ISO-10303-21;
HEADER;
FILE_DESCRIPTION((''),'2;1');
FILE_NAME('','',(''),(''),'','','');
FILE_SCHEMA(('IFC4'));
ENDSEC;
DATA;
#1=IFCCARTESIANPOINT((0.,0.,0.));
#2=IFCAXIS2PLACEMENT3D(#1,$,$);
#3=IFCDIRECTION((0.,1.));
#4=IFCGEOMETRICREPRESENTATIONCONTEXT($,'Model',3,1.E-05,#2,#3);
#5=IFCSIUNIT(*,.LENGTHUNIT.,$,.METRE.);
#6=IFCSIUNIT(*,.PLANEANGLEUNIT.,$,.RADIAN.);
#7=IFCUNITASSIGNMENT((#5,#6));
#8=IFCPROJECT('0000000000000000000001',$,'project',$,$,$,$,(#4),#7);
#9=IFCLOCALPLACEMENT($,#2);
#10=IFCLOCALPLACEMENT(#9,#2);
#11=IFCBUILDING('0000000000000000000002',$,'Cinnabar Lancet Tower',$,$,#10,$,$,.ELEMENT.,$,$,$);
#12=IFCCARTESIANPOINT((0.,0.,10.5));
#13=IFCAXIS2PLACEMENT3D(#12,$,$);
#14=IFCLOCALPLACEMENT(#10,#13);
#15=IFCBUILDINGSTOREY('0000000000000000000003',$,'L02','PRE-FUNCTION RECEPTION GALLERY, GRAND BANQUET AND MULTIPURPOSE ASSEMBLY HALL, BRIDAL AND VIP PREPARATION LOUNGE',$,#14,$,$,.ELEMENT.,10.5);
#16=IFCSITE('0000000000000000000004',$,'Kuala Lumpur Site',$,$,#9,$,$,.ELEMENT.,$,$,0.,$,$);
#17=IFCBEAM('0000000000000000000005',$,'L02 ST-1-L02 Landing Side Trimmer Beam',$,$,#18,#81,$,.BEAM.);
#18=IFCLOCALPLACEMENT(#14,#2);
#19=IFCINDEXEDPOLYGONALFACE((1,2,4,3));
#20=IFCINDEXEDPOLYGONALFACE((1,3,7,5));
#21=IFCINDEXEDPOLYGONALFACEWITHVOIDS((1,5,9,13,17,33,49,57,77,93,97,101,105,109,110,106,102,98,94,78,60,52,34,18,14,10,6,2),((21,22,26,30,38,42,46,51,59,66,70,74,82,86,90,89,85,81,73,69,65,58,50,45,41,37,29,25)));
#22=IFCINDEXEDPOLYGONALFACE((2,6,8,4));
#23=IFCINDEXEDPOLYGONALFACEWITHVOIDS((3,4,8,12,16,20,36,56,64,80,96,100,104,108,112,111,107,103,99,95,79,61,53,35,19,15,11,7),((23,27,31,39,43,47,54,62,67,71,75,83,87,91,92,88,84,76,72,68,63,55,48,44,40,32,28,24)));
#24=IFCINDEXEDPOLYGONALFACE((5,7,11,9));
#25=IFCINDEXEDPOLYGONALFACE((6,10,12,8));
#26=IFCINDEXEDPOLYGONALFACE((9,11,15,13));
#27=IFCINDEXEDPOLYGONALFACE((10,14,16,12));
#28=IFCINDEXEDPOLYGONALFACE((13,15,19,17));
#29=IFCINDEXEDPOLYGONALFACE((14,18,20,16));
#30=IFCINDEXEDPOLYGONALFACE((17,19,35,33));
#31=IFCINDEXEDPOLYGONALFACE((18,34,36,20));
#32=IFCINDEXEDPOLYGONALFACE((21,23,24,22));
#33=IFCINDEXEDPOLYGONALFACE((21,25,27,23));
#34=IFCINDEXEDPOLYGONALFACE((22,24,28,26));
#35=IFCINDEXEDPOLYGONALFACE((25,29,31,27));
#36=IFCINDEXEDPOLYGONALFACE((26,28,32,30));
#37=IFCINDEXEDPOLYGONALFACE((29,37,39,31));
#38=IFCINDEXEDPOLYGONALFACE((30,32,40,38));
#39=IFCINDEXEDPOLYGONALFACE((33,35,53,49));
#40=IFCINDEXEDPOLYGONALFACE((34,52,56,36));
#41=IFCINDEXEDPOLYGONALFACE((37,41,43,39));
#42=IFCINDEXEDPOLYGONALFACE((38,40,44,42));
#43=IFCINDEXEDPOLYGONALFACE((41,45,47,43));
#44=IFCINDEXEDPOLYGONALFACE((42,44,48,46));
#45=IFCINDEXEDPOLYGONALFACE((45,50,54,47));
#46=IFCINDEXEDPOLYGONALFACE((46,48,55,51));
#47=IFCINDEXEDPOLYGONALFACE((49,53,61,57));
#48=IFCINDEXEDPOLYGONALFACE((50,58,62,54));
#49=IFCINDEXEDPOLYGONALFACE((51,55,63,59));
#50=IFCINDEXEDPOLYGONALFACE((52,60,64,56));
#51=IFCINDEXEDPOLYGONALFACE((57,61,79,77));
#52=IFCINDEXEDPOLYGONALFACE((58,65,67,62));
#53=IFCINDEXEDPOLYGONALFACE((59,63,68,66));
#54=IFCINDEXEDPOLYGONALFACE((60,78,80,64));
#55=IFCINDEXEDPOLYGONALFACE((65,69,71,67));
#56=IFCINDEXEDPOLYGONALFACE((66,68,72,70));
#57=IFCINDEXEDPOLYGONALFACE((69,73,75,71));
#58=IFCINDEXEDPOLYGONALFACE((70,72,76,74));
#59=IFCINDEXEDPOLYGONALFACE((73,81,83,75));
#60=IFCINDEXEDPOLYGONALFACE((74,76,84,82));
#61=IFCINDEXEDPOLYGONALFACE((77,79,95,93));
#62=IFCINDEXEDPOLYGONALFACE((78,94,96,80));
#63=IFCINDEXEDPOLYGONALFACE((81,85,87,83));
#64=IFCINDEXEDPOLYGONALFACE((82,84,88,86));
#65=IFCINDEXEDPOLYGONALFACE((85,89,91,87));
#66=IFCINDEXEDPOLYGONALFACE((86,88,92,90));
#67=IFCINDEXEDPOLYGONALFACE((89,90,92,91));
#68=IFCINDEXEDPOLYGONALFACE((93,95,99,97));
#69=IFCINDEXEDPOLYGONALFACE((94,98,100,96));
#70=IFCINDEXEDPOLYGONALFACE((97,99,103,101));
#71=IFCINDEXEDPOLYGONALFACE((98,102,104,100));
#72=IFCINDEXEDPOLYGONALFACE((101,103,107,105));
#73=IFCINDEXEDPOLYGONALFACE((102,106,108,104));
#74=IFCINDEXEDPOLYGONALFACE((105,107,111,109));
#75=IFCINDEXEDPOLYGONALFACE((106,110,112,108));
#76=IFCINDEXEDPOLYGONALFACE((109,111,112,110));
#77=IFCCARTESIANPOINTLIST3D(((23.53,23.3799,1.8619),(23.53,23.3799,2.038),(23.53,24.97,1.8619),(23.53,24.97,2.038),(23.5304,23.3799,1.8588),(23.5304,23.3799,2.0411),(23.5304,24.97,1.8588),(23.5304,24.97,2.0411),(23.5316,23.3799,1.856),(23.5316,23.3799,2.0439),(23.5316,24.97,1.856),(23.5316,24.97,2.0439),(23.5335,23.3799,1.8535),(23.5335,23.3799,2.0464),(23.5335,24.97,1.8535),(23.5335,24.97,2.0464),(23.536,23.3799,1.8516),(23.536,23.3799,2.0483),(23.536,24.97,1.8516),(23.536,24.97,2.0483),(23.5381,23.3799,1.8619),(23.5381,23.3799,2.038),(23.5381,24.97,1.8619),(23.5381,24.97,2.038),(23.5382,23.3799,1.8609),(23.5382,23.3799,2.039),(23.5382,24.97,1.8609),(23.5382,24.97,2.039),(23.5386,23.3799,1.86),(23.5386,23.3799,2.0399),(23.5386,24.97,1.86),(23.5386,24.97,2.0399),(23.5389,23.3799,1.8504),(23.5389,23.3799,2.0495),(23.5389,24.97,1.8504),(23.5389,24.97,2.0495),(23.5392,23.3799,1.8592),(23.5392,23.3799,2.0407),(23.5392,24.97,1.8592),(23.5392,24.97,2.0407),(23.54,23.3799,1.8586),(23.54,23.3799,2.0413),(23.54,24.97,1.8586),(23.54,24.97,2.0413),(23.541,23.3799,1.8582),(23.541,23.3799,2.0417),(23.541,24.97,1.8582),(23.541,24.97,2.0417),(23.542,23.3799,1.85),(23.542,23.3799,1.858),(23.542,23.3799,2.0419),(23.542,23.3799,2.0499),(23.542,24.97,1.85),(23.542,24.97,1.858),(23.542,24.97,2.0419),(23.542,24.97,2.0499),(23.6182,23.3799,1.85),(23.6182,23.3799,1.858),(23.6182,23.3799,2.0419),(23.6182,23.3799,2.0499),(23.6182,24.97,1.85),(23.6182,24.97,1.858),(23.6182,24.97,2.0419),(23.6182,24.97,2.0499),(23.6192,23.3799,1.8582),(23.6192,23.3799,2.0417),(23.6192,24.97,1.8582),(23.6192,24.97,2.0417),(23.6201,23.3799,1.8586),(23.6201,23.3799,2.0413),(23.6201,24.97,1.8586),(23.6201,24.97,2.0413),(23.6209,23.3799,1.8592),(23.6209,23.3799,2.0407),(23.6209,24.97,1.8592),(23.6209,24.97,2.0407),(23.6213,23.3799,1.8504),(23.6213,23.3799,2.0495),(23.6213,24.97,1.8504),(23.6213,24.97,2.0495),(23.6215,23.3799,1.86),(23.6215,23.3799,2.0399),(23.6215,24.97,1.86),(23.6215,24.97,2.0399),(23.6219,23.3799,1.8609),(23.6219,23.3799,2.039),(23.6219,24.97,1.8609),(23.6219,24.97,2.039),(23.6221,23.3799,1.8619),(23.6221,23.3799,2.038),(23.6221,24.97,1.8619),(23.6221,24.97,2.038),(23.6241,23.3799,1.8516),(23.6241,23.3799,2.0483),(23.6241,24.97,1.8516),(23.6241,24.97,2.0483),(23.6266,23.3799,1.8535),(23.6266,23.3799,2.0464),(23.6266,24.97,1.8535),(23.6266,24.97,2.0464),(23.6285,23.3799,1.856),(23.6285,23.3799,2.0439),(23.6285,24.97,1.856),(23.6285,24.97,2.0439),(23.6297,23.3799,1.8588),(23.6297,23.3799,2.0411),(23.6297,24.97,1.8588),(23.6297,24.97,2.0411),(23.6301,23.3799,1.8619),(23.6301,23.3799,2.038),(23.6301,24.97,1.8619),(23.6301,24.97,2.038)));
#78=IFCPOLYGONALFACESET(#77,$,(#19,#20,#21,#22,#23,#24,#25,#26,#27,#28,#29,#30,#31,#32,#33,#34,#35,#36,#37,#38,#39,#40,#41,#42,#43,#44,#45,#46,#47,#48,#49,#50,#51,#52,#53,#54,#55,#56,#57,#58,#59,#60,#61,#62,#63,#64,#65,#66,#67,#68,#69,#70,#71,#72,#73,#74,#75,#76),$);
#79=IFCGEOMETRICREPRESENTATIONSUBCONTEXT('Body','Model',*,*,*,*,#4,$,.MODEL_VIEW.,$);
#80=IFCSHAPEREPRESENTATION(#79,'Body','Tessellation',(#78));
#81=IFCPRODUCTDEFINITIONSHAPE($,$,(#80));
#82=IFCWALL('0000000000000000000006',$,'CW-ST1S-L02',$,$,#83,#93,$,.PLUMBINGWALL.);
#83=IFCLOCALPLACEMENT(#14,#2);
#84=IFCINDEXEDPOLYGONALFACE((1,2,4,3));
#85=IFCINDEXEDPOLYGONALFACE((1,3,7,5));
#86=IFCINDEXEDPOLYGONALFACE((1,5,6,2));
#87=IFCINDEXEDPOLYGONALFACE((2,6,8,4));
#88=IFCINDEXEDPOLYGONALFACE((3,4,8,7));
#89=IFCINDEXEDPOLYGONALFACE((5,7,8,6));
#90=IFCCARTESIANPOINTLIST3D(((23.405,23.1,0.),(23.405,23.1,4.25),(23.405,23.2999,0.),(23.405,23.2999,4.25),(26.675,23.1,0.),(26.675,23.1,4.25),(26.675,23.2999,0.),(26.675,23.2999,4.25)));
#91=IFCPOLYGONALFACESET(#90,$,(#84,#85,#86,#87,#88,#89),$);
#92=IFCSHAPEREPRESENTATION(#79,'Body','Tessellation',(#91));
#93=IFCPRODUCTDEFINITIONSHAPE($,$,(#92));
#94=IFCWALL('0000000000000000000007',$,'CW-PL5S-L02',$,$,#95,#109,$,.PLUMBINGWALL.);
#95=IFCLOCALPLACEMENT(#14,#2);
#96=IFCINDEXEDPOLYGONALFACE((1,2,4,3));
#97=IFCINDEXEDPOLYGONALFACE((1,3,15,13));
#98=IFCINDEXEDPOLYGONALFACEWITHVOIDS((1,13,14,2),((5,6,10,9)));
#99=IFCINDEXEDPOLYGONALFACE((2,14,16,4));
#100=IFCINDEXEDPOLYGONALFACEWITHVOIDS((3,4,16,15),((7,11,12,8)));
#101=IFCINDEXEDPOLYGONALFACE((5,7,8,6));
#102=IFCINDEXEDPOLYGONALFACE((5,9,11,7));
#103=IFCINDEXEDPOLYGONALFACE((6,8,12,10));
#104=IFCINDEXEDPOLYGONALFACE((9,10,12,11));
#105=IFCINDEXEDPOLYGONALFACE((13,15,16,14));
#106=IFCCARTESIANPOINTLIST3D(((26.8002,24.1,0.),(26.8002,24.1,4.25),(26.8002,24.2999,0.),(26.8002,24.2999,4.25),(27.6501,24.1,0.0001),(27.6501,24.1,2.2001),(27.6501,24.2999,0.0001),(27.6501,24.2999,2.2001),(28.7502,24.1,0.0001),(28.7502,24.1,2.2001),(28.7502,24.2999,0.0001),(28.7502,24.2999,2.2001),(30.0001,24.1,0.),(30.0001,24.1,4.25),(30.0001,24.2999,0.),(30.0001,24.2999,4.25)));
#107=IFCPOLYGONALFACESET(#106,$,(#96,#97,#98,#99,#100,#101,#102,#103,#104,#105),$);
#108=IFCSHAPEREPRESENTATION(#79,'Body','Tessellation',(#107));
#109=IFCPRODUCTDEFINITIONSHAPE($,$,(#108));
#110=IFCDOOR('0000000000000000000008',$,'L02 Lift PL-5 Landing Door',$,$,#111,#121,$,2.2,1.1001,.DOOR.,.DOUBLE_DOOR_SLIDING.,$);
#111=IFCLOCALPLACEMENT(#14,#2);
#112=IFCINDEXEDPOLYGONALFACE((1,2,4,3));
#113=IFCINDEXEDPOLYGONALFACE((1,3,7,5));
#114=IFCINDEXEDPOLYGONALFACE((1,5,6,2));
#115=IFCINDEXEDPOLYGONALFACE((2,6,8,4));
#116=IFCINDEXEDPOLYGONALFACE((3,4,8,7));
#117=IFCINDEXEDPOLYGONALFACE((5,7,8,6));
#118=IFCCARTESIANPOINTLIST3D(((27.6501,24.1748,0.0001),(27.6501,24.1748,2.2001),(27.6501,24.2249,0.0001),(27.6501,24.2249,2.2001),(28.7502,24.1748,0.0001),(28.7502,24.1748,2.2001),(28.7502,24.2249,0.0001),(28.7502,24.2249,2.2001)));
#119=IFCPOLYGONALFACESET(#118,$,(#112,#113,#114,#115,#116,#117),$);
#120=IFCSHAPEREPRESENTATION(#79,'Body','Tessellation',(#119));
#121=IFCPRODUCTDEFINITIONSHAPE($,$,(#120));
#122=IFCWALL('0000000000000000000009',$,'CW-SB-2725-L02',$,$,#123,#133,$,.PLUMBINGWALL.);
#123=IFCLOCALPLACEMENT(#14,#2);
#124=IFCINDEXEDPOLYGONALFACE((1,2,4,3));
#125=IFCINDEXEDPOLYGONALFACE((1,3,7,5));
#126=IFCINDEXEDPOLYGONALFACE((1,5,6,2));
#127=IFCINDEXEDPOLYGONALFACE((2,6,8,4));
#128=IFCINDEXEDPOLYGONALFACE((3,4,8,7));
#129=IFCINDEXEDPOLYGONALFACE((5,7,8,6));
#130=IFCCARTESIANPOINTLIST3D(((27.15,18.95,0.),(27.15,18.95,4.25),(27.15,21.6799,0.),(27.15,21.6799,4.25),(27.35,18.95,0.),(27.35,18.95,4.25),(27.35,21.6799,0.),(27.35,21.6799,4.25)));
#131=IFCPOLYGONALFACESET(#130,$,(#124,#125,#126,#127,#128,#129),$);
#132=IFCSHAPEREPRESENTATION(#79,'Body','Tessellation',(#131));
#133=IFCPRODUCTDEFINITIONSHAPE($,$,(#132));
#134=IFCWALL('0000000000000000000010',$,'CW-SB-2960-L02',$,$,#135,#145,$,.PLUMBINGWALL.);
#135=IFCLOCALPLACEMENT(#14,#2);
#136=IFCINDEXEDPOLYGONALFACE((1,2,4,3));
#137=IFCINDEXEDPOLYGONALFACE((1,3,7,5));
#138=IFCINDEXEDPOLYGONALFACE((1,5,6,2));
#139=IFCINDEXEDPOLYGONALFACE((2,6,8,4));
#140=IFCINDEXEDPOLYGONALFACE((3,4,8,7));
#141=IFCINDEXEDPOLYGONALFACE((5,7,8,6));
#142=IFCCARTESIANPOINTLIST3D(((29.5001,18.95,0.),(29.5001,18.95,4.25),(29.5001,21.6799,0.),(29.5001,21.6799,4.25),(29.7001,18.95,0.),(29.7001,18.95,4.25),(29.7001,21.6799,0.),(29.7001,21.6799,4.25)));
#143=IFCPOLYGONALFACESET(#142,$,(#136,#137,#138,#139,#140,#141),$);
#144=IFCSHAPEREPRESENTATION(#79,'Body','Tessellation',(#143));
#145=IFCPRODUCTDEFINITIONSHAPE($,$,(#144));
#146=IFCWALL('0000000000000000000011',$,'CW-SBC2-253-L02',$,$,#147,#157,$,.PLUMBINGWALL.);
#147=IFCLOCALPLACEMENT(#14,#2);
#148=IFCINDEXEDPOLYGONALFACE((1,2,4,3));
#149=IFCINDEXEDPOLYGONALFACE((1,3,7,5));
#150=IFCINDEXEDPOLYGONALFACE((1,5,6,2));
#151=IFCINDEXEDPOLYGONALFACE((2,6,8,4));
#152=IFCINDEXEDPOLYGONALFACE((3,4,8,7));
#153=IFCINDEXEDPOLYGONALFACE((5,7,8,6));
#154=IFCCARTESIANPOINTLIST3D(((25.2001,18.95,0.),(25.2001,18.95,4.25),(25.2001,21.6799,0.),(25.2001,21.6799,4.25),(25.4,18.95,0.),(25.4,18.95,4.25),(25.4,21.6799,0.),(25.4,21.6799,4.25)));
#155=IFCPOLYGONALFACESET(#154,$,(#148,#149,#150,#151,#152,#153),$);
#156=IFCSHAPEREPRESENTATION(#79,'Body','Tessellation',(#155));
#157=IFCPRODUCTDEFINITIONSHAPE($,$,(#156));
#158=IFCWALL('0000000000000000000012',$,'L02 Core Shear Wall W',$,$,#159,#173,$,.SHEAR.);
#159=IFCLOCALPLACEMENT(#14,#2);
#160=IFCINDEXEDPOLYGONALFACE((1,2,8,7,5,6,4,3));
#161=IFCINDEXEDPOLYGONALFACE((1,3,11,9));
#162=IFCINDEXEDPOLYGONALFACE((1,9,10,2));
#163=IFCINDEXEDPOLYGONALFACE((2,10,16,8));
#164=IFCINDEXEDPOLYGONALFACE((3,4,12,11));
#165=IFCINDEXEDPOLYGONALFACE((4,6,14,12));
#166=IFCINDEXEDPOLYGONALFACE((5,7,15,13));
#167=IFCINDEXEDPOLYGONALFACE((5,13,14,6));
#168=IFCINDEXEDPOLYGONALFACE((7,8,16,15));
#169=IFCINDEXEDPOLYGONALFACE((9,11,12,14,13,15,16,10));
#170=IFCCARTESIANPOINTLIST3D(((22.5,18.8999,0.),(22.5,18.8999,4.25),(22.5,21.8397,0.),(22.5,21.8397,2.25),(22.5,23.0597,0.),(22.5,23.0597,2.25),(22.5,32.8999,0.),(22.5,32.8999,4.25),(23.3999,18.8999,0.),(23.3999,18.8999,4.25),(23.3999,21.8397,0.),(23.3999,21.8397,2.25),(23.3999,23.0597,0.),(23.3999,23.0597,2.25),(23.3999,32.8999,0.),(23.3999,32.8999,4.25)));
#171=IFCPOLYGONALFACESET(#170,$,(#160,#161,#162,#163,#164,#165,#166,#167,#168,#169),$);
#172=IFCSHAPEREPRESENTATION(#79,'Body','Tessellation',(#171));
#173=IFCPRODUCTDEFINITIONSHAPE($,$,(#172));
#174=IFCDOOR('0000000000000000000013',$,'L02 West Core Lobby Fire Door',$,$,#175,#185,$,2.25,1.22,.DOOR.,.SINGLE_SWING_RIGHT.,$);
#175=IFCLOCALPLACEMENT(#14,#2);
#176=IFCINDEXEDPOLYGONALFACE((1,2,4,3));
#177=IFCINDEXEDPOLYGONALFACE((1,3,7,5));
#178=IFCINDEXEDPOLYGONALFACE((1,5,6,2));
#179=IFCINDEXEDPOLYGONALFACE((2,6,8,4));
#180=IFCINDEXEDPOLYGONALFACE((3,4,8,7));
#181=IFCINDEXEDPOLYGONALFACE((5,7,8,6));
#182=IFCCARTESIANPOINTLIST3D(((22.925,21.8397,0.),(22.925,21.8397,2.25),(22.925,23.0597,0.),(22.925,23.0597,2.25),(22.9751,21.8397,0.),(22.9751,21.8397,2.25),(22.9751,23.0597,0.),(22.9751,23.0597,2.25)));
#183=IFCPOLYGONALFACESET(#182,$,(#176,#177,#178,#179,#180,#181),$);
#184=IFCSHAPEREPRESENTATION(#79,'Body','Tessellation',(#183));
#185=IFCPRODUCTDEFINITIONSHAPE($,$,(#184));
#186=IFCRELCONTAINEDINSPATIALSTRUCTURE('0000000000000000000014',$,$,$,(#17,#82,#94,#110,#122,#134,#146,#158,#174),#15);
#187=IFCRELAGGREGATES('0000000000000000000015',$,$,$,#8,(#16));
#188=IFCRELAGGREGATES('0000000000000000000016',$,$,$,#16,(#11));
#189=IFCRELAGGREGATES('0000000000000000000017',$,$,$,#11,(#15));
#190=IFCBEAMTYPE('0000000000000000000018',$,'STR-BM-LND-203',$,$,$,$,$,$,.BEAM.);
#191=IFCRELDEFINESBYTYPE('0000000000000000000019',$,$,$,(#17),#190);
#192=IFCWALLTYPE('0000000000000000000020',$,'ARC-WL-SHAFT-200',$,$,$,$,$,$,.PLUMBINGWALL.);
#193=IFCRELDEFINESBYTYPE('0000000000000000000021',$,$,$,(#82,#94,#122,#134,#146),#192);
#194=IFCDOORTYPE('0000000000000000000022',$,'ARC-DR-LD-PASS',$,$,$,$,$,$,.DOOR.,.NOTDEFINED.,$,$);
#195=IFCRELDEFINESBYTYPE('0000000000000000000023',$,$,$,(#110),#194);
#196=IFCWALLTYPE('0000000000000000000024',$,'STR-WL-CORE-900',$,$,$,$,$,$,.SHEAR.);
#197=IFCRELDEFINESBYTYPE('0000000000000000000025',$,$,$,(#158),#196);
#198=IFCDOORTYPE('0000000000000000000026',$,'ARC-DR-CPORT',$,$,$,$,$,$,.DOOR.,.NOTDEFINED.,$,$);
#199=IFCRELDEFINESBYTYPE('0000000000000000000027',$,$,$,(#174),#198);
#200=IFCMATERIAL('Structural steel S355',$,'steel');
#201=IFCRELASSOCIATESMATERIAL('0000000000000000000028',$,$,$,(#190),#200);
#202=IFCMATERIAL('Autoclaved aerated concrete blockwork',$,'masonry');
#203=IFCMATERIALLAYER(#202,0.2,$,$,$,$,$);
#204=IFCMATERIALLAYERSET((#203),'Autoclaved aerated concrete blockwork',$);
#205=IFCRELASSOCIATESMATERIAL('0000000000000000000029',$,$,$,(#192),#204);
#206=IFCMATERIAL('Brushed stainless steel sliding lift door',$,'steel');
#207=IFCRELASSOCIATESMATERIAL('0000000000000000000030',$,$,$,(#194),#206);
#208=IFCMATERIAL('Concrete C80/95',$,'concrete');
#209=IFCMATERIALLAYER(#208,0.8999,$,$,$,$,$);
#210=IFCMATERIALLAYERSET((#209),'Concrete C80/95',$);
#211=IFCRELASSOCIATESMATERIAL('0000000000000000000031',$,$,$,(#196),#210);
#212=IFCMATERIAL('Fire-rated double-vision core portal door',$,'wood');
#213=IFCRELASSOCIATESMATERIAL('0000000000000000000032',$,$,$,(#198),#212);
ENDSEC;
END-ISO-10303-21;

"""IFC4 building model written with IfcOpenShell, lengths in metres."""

from ifc_helpers import new_model, si_unit, direction, frame, frame_2d, origin, origin_2d, place, context, subcontext, project, spatial, rectangle, hollow_rectangle, extrude, material, layer, layer_set, material_profile, profile_set, type_object, element, fill, save


model = new_model("IFC4")

# Units and contexts
model_context = context("Model", 3, precision=1e-05, world=origin(), true_north=direction((0.0, 1.0)))
body_context = subcontext(model_context, "Body", "Model", "MODEL_VIEW")
ifc_project = project(units=[si_unit("LENGTHUNIT", "METRE"), si_unit("PLANEANGLEUNIT", "RADIAN")], contexts=[model_context])

# Site, building, storey
site_placement = place(None, origin())
site = spatial("IfcSite", under=ifc_project, at=site_placement, Name="Kuala Lumpur Site", CompositionType="ELEMENT", RefElevation=0.0)
building_placement = place(site_placement, origin())
building = spatial("IfcBuilding", under=site, at=building_placement, Name="Cinnabar Lancet Tower", CompositionType="ELEMENT")
storey_placement = place(building_placement, frame((0.0, 0.0, 10.5)))
storey = spatial("IfcBuildingStorey", under=building, at=storey_placement, Name="L02", Description="PRE-FUNCTION RECEPTION GALLERY, GRAND BANQUET AND MULTIPURPOSE ASSEMBLY HALL, BRIDAL AND VIP PREPARATION LOUNGE", CompositionType="ELEMENT", Elevation=10.5)

# Beam
ifc_material_1 = material(Name="Structural steel S355", Category="steel")
ifc_material_profile_1 = material_profile(ifc_material_1, hollow_rectangle(XDim=0.1001, YDim=0.2, WallThickness=0.0081, InnerFilletRadius=0.0039, OuterFilletRadius=0.012, at=origin_2d()), Name="RHS 200x100x8")
ifc_profile_set_1 = profile_set([ifc_material_profile_1], Name="Structural steel S355")
beam_type_1 = type_object("IfcBeamType", Name="STR-BM-LND-203", PredefinedType="BEAM", material=ifc_profile_set_1)
beam_1_placement = place(storey_placement, frame((23.5801, 23.3799, 1.95), z_axis=(0.0, 1.0, 0.0), x_axis=(-1.0, 0.0, 0.0)))
element("IfcBeam", 1, at=beam_1_placement, inside=storey, type_object=beam_type_1, Name="L02 ST-1-L02 Landing Side Trimmer Beam", PredefinedType="BEAM", context=body_context, shape_type="SweptSolid", body=[
    extrude(hollow_rectangle(XDim=0.1001, YDim=0.2, WallThickness=0.0081, InnerFilletRadius=0.0039, OuterFilletRadius=0.012, at=origin_2d()), origin(), (0.0, 0.0, 1.0), 1.5901),
])

# Wall
ifc_material_2 = material(Name="Autoclaved aerated concrete blockwork", Category="masonry")
ifc_layer_1 = layer(ifc_material_2, 0.2)
ifc_layer_set_1 = layer_set([ifc_layer_1], Name="Autoclaved aerated concrete blockwork")
wall_type_1 = type_object("IfcWallType", Name="ARC-WL-SHAFT-200", PredefinedType="PLUMBINGWALL", material=ifc_layer_set_1)
wall_1_placement = place(storey_placement, frame((23.405, 23.2, 0.0), z_axis=(0.0, 0.0, 1.0), x_axis=(1.0, 0.0, 0.0)))
element("IfcWall", 2, at=wall_1_placement, inside=storey, type_object=wall_type_1, Name="CW-ST1S-L02", PredefinedType="PLUMBINGWALL", context=body_context, shape_type="SweptSolid", body=[
    extrude(rectangle(XDim=3.27, YDim=0.2, at=frame_2d((1.635, 0.0))), origin(), (0.0, 0.0, 1.0), 4.25),
])

# Wall, opening, door
wall_2_placement = place(storey_placement, frame((26.8, 24.2, 0.0), z_axis=(0.0, 0.0, 1.0), x_axis=(1.0, 0.0, 0.0)))
wall_2 = element("IfcWall", 3, at=wall_2_placement, inside=storey, type_object=wall_type_1, Name="CW-PL5S-L02", PredefinedType="PLUMBINGWALL", context=body_context, shape_type="SweptSolid", body=[
    extrude(rectangle(XDim=3.2, YDim=0.2, at=frame_2d((1.6001, 0.0))), origin(), (0.0, 0.0, 1.0), 4.25),
])
opening_1_placement = place(wall_2_placement, frame((0.8501, 0.0, 0.0)))
opening_1 = element("IfcOpeningElement", 4, at=opening_1_placement, cuts=wall_2, PredefinedType="OPENING", context=body_context, shape_type="SweptSolid", body=[
    extrude(rectangle(XDim=1.1001, YDim=2.2, at=frame_2d((0.55, 1.1001))), frame((0.0, 0.1099, 0.0), z_axis=(0.0, -1.0, 0.0), x_axis=(1.0, 0.0, 0.0)), (0.0, 0.0, 1.0), 0.22),
])
ifc_material_3 = material(Name="Brushed stainless steel sliding lift door", Category="steel")
door_type_1 = type_object("IfcDoorType", Name="ARC-DR-LD-PASS", OperationType="NOTDEFINED", PredefinedType="DOOR", material=ifc_material_3)
door_1_placement = place(opening_1_placement, origin())
door_1 = element("IfcDoor", 5, at=door_1_placement, inside=storey, type_object=door_type_1, Name="L02 Lift PL-5 Landing Door", OperationType="DOUBLE_DOOR_SLIDING", OverallHeight=2.2, OverallWidth=1.1001, PredefinedType="DOOR", context=body_context, shape_type="SweptSolid", body=[
    extrude(rectangle(XDim=1.1001, YDim=2.2, at=frame_2d((0.55, 1.1001))), frame((0.0, 0.0249, 0.0), z_axis=(0.0, -1.0, 0.0), x_axis=(1.0, 0.0, 0.0)), (0.0, 0.0, 1.0), 0.05),
])
fill(opening_1, door_1)

# Walls
for number, where, z_axis, x_axis, name in (
    (6, (27.25, 18.95, 0.0), (0.0, 0.0, 1.0), (0.0, 1.0, 0.0), "CW-SB-2725-L02"),
    (7, (29.6001, 18.95, 0.0), (0.0, 0.0, 1.0), (0.0, 1.0, 0.0), "CW-SB-2960-L02"),
    (8, (25.3, 18.95, 0.0), (0.0, 0.0, 1.0), (0.0, 1.0, 0.0), "CW-SBC2-253-L02"),
):
    element("IfcWall", number, at=place(storey_placement, frame(where, z_axis=z_axis, x_axis=x_axis)), inside=storey, type_object=wall_type_1, Name=name, PredefinedType="PLUMBINGWALL", context=body_context, shape_type="SweptSolid", body=[
        extrude(rectangle(XDim=2.73, YDim=0.2, at=frame_2d((1.365, 0.0))), origin(), (0.0, 0.0, 1.0), 4.25),
    ])

# Wall, opening, door
ifc_material_4 = material(Name="Concrete C80/95", Category="concrete")
ifc_layer_2 = layer(ifc_material_4, 0.8999)
ifc_layer_set_2 = layer_set([ifc_layer_2], Name="Concrete C80/95")
wall_type_2 = type_object("IfcWallType", Name="STR-WL-CORE-900", PredefinedType="SHEAR", material=ifc_layer_set_2)
wall_3_placement = place(storey_placement, frame((22.95, 18.8999, 0.0), z_axis=(0.0, 0.0, 1.0), x_axis=(0.0, 1.0, 0.0)))
wall_3 = element("IfcWall", 9, at=wall_3_placement, inside=storey, type_object=wall_type_2, Name="L02 Core Shear Wall W", PredefinedType="SHEAR", context=body_context, shape_type="SweptSolid", body=[
    extrude(rectangle(XDim=14.0, YDim=0.8999, at=frame_2d((7.0, 0.0))), origin(), (0.0, 0.0, 1.0), 4.25),
])
opening_2_placement = place(wall_3_placement, frame((2.9399, 0.0, 0.0)))
opening_2 = element("IfcOpeningElement", 10, at=opening_2_placement, cuts=wall_3, PredefinedType="OPENING", context=body_context, shape_type="SweptSolid", body=[
    extrude(rectangle(XDim=1.22, YDim=2.25, at=frame_2d((0.6099, 1.125))), frame((0.0, 0.46, 0.0), z_axis=(0.0, -1.0, 0.0), x_axis=(1.0, 0.0, 0.0)), (0.0, 0.0, 1.0), 0.9199),
])
ifc_material_5 = material(Name="Fire-rated double-vision core portal door", Category="wood")
door_type_2 = type_object("IfcDoorType", Name="ARC-DR-CPORT", OperationType="NOTDEFINED", PredefinedType="DOOR", material=ifc_material_5)
door_2_placement = place(opening_2_placement, origin())
door_2 = element("IfcDoor", 11, at=door_2_placement, inside=storey, type_object=door_type_2, Name="L02 West Core Lobby Fire Door", OperationType="SINGLE_SWING_RIGHT", OverallHeight=2.25, OverallWidth=1.22, PredefinedType="DOOR", context=body_context, shape_type="SweptSolid", body=[
    extrude(rectangle(XDim=1.22, YDim=2.25, at=frame_2d((0.6099, 1.125))), frame((0.0, 0.0249, 0.0), z_axis=(0.0, -1.0, 0.0), x_axis=(1.0, 0.0, 0.0)), (0.0, 0.0, 1.0), 0.05),
])
fill(opening_2, door_2)

save(model, "model.ifc")
